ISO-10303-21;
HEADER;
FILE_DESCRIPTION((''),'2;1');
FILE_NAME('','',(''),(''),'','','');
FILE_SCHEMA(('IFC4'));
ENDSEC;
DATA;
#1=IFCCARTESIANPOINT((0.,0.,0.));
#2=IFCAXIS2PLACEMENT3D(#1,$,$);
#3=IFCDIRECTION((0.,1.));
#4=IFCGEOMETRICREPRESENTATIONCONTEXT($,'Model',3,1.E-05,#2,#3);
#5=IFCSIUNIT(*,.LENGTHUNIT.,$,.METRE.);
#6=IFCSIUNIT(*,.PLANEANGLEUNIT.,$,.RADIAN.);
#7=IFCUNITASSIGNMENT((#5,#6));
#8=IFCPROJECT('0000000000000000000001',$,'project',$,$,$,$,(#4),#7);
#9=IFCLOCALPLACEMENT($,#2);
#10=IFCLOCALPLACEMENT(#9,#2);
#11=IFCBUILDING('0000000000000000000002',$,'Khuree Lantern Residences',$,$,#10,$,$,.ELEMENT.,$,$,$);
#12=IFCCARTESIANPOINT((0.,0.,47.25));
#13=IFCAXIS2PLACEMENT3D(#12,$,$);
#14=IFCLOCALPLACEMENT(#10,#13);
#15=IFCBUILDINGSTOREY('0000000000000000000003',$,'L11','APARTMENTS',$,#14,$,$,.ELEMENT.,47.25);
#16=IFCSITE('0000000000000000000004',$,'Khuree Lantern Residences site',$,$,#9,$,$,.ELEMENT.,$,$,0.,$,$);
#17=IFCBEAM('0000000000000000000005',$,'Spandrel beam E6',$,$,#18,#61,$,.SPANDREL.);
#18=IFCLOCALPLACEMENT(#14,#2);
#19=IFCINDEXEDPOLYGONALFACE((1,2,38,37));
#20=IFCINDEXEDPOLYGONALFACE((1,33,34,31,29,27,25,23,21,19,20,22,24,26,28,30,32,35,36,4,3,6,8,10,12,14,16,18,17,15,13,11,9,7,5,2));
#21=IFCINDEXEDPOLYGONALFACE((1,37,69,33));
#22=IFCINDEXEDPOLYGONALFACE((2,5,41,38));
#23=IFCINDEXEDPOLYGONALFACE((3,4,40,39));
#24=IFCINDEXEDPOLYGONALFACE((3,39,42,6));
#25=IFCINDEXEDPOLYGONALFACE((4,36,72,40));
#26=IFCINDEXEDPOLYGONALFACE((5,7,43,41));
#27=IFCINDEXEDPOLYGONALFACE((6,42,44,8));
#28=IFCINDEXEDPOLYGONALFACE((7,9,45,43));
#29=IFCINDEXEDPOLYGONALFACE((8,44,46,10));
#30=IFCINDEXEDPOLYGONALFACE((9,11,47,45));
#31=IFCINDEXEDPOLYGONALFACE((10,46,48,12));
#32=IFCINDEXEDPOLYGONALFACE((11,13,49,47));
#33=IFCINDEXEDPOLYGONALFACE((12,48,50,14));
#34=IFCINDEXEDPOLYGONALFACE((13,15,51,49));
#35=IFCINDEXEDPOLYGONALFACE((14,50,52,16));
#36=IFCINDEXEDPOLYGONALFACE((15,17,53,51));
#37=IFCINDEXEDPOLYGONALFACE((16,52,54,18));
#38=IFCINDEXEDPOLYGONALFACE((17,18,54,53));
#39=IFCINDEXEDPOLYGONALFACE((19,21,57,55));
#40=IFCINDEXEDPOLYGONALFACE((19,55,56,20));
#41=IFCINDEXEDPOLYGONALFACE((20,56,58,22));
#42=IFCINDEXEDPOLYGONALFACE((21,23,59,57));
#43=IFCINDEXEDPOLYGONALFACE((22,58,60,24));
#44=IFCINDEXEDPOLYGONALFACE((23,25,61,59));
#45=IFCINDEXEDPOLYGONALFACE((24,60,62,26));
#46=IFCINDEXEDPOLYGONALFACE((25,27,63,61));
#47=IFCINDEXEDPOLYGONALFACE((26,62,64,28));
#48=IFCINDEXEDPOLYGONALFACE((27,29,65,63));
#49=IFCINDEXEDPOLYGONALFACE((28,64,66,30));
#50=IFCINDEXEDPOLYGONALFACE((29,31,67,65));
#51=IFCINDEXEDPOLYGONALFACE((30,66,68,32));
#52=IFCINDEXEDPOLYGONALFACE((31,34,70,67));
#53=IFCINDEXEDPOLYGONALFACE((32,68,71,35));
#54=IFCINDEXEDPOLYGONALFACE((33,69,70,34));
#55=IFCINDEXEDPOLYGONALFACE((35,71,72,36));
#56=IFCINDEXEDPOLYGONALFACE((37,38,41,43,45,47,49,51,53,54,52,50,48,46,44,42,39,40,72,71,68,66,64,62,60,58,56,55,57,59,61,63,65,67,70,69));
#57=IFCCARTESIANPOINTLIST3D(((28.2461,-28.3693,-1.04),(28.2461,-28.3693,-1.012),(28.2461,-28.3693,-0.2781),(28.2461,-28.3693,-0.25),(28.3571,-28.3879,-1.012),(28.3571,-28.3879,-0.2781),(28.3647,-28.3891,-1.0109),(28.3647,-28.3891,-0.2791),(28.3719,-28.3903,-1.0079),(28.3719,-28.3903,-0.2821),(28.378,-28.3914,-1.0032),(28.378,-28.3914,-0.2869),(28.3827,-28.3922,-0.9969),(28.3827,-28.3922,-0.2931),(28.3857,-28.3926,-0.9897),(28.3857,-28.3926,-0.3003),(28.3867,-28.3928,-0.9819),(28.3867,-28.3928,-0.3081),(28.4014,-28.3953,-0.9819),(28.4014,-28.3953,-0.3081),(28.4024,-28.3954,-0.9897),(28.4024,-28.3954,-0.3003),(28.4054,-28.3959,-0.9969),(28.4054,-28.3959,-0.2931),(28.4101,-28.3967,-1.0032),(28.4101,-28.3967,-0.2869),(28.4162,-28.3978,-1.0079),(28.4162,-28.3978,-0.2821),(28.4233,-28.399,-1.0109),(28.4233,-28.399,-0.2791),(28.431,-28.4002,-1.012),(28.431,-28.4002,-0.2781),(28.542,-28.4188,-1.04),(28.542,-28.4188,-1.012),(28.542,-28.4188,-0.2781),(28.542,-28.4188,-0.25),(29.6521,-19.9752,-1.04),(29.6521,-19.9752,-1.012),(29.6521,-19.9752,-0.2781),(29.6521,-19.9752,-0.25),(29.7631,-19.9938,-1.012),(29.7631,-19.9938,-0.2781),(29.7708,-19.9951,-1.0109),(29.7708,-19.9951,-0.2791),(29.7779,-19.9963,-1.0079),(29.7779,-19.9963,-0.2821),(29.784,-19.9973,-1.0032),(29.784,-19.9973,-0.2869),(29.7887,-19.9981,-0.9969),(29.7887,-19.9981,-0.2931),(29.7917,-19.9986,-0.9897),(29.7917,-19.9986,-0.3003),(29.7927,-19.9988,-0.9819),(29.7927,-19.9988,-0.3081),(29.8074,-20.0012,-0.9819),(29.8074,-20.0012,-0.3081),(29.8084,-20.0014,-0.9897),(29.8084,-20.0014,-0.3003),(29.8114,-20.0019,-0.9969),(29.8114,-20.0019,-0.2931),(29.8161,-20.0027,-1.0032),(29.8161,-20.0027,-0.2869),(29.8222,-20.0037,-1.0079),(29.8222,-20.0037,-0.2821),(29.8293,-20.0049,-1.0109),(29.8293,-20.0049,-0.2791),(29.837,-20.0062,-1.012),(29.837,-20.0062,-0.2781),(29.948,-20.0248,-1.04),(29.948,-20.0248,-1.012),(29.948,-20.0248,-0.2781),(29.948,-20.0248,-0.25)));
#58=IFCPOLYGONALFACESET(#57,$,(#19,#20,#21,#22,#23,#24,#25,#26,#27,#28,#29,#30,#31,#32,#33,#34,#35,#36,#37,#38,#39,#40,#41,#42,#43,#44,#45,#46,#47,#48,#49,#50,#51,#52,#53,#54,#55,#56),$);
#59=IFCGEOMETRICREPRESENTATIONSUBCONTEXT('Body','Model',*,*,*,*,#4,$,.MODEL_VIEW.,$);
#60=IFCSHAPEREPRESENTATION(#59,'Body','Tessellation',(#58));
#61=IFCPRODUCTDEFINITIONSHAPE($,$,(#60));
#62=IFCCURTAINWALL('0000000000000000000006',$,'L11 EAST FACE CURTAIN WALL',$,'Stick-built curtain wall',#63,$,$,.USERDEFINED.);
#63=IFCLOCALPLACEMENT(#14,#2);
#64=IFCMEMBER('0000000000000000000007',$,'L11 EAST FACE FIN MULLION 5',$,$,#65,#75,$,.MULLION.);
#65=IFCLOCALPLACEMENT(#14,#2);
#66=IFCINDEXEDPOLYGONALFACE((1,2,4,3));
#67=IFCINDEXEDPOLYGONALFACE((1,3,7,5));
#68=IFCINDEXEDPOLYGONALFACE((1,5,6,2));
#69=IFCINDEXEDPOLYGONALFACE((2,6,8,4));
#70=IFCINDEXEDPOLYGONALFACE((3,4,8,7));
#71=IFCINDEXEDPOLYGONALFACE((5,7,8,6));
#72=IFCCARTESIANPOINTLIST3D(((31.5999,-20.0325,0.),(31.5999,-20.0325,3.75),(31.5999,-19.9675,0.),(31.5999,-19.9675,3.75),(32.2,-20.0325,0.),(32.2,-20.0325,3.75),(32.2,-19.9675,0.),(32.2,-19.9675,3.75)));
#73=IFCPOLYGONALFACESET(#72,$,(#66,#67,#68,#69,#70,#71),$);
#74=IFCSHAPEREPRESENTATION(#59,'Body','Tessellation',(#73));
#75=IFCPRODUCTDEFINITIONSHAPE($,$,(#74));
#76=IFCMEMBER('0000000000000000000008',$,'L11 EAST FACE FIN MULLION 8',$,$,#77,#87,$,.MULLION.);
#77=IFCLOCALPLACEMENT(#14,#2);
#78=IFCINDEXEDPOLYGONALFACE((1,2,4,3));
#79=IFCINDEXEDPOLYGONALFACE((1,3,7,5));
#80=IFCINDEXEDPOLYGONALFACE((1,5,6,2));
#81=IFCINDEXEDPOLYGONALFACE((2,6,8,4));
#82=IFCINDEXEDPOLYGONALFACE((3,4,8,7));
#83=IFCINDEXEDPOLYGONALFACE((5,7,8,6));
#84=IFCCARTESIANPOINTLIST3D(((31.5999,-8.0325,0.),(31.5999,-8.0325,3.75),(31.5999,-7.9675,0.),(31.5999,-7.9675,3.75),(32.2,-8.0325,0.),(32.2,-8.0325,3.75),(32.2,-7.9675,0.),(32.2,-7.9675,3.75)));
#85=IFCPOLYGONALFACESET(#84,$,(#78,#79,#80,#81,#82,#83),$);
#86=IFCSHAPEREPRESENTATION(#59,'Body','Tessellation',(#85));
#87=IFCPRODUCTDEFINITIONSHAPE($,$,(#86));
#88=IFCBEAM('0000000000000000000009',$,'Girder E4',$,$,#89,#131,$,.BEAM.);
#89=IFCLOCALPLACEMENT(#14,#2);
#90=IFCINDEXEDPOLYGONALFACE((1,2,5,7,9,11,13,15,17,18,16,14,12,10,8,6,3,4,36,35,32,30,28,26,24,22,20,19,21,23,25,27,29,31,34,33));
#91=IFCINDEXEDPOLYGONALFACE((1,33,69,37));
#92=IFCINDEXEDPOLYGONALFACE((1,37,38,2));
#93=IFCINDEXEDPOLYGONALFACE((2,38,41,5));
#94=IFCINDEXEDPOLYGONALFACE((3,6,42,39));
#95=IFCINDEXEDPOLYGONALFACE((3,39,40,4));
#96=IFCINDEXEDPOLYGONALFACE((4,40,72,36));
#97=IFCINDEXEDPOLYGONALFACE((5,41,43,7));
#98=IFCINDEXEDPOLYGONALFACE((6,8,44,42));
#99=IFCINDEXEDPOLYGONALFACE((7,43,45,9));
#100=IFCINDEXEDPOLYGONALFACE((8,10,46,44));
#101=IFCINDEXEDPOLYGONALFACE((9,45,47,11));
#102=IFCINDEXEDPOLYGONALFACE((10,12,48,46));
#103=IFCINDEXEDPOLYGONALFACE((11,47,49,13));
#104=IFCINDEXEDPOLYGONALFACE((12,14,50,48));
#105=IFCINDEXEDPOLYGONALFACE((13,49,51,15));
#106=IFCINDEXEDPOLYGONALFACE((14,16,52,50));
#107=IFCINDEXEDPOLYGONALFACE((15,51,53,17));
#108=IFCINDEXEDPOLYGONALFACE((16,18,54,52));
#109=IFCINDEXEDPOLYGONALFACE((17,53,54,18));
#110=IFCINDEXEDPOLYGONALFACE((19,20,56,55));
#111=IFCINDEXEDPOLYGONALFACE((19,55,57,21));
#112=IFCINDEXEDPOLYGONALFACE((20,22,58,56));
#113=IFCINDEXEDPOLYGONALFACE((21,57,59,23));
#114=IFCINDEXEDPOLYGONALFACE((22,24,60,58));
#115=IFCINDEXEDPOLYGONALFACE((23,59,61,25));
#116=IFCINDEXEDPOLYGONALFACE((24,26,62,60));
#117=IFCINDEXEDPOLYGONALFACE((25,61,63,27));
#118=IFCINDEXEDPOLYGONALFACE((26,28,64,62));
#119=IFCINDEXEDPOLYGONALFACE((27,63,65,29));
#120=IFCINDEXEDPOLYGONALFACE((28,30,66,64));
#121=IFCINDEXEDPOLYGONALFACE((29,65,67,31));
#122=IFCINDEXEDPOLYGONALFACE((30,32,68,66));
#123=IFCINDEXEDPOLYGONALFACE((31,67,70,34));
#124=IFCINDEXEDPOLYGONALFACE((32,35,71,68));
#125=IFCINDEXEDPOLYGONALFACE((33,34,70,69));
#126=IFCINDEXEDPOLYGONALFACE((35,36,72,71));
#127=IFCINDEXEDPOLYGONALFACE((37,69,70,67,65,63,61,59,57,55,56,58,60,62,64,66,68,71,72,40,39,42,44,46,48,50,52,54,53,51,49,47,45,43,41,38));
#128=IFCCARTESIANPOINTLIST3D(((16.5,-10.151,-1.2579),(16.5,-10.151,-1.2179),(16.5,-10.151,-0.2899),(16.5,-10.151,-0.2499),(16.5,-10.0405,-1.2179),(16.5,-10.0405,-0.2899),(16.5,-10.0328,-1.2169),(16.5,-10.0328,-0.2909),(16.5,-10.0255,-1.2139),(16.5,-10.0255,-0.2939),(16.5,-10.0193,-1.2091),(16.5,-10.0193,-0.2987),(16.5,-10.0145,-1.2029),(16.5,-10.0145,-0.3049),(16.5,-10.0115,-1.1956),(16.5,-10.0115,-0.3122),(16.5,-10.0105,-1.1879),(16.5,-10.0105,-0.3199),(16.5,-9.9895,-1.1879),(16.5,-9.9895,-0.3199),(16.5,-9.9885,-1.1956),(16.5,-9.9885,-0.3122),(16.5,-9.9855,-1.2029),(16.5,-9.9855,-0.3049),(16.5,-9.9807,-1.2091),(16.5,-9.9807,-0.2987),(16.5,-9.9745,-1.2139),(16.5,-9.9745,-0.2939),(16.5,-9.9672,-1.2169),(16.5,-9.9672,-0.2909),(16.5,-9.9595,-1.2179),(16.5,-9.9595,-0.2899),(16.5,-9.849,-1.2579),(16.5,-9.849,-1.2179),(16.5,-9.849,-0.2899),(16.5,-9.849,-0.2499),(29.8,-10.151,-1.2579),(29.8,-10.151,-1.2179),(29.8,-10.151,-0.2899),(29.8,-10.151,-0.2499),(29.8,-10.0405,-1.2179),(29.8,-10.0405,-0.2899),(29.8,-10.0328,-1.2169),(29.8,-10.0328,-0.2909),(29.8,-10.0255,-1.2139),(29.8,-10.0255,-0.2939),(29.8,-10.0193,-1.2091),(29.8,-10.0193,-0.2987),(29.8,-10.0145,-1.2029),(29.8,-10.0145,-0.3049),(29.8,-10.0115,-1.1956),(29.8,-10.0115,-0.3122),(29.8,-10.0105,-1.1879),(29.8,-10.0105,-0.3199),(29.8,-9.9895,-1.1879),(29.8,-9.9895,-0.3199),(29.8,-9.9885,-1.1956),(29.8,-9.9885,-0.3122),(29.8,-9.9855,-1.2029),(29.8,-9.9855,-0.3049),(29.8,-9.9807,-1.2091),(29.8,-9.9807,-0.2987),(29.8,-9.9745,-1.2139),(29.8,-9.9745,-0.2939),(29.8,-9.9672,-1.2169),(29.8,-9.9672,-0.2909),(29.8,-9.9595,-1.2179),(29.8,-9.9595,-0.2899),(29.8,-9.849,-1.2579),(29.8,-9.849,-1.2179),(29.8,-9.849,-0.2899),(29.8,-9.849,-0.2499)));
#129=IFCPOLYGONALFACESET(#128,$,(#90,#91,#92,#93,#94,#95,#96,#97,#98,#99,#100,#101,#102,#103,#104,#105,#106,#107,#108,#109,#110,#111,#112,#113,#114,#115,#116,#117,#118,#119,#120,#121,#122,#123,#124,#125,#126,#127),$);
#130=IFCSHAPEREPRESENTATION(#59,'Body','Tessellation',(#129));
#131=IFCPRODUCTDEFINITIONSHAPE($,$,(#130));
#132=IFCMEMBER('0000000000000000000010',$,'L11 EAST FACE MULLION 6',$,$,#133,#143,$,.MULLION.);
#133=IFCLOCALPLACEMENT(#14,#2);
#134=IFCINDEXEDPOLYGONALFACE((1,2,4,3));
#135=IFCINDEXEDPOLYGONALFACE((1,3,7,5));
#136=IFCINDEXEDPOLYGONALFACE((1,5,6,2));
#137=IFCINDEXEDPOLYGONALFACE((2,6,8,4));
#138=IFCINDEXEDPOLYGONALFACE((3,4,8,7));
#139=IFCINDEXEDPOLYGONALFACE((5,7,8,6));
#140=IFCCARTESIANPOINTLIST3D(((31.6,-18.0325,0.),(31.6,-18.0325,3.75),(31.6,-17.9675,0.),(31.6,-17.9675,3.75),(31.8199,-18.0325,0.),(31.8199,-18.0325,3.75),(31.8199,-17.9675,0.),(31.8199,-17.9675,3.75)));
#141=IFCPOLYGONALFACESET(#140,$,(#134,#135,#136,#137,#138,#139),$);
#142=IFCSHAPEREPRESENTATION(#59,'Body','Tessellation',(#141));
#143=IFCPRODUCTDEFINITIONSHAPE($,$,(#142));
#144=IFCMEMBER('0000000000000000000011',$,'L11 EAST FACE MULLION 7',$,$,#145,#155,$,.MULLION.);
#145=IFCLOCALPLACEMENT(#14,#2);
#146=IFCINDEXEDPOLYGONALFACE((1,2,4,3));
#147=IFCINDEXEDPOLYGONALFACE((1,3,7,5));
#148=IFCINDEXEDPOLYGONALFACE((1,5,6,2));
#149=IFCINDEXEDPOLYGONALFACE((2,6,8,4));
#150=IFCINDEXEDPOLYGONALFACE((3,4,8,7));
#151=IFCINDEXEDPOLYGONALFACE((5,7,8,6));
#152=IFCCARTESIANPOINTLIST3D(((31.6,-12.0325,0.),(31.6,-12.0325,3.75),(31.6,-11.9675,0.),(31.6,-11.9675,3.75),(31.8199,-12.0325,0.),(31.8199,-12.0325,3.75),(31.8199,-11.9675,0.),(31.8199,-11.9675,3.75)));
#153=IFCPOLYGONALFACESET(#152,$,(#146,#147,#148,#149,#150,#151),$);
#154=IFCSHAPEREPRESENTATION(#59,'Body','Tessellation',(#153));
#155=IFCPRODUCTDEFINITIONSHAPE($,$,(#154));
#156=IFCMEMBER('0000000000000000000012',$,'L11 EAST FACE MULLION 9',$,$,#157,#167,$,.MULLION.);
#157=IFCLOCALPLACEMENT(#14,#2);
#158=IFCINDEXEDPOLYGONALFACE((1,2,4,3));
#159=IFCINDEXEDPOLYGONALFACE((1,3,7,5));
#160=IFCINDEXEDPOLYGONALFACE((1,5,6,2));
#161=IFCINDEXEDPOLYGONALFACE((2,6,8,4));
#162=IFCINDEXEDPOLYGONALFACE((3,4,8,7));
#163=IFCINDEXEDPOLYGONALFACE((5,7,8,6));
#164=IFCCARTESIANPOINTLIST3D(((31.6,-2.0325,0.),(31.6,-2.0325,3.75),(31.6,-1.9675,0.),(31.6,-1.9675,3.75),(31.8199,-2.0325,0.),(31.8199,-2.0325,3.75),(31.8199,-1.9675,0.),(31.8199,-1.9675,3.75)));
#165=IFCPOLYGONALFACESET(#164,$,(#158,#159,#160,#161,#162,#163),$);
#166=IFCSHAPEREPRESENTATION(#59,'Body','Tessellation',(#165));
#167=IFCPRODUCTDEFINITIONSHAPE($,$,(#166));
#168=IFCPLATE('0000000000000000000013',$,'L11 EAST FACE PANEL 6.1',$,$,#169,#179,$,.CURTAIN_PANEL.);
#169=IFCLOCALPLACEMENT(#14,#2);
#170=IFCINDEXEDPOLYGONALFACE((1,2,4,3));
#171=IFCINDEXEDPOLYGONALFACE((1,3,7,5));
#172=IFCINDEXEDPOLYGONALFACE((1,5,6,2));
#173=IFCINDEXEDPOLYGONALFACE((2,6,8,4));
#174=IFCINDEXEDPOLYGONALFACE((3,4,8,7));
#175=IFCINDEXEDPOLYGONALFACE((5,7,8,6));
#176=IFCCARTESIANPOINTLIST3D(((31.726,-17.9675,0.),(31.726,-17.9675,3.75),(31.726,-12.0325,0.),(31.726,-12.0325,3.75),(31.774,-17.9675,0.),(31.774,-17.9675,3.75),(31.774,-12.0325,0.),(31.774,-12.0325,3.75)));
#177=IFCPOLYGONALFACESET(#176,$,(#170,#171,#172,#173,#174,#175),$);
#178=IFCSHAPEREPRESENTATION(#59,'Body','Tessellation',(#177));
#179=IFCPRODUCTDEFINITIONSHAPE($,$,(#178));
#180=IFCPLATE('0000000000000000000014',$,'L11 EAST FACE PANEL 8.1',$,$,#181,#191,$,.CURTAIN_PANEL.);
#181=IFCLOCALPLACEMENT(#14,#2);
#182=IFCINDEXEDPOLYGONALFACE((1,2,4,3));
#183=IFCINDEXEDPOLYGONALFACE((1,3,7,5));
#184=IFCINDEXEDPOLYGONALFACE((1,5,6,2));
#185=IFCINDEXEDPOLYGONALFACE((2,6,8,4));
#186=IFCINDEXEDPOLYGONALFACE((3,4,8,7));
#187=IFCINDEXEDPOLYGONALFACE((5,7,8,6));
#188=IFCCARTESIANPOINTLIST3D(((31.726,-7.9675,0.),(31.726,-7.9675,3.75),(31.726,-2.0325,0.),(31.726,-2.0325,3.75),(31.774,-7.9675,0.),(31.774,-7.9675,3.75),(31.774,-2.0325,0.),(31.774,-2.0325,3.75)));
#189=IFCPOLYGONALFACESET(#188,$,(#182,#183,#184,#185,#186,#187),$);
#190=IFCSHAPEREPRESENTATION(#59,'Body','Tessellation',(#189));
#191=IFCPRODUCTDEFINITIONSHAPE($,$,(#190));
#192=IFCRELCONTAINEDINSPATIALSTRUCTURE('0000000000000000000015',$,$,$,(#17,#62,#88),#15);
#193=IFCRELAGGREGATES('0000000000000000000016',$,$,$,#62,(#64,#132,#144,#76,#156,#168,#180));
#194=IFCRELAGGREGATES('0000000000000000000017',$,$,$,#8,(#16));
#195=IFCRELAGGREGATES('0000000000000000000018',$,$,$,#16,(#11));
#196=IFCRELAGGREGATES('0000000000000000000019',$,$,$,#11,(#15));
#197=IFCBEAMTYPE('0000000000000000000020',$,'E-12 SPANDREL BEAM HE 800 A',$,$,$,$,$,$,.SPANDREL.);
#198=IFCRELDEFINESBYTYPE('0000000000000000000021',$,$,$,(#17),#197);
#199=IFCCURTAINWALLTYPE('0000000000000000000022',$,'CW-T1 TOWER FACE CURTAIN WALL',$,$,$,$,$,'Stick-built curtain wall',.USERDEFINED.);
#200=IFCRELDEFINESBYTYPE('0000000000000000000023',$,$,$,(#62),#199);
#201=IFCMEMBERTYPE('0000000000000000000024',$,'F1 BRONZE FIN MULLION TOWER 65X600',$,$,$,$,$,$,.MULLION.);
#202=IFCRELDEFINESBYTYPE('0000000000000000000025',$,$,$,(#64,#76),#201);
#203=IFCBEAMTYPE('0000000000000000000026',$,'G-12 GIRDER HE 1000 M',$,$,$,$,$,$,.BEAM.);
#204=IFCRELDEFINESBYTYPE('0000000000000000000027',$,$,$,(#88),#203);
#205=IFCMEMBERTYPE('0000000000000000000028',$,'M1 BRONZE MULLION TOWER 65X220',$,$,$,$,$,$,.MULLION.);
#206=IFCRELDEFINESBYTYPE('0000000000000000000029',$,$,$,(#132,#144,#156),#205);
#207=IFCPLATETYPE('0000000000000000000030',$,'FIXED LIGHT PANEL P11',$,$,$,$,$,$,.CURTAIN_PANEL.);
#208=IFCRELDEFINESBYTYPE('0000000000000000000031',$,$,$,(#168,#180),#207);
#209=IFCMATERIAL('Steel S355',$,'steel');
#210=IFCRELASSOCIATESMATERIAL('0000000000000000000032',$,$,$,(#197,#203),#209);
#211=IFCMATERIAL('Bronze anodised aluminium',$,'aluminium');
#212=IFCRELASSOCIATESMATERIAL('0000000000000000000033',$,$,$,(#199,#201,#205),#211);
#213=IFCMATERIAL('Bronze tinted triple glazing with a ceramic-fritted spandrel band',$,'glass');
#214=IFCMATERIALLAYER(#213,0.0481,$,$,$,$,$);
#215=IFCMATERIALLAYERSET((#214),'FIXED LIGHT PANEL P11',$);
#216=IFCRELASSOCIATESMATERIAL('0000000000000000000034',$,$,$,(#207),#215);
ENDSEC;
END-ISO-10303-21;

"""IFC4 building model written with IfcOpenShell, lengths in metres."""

from ifc_helpers import new_model, si_unit, direction, frame, origin, origin_2d, place, context, subcontext, project, spatial, rectangle, i_section, extrude, material, layer, layer_set, material_profile, profile_set, type_object, element, aggregate, save


model = new_model("IFC4")

# Units and contexts
model_context = context("Model", 3, precision=1e-05, world=origin(), true_north=direction((0.0, 1.0)))
body_context = subcontext(model_context, "Body", "Model", "MODEL_VIEW")
ifc_project = project(units=[si_unit("LENGTHUNIT", "METRE"), si_unit("PLANEANGLEUNIT", "RADIAN")], contexts=[model_context])

# Site, building, storey
site_placement = place(None, origin())
site = spatial("IfcSite", under=ifc_project, at=site_placement, Name="Khuree Lantern Residences site", CompositionType="ELEMENT", RefElevation=0.0)
building_placement = place(site_placement, origin())
building = spatial("IfcBuilding", under=site, at=building_placement, Name="Khuree Lantern Residences", CompositionType="ELEMENT")
storey_placement = place(building_placement, frame((0.0, 0.0, 47.25)))
storey = spatial("IfcBuildingStorey", under=building, at=storey_placement, Name="L11", Description="APARTMENTS", CompositionType="ELEMENT", Elevation=47.25)

# Beam
ifc_material_1 = material(Name="Steel S355", Category="steel")
ifc_material_profile_1 = material_profile(ifc_material_1, i_section(OverallWidth=0.3, OverallDepth=0.79, WebThickness=0.0149, FlangeThickness=0.0281, FilletRadius=0.03, at=origin_2d()), Name="HE 800 A")
ifc_profile_set_1 = profile_set([ifc_material_profile_1], Name="Steel S355")
beam_type_1 = type_object("IfcBeamType", Name="E-12 SPANDREL BEAM HE 800 A", PredefinedType="SPANDREL", material=ifc_profile_set_1)
beam_1_placement = place(storey_placement, frame((29.8, -20.0, -0.645), z_axis=(-0.165199, -0.98626, 0.0), x_axis=(0.98626, -0.165199, 0.0)))
element("IfcBeam", 1, at=beam_1_placement, inside=storey, type_object=beam_type_1, Name="Spandrel beam E6", PredefinedType="SPANDREL", context=body_context, shape_type="SweptSolid", body=[
    extrude(i_section(OverallWidth=0.3, OverallDepth=0.79, WebThickness=0.0149, FlangeThickness=0.0281, FilletRadius=0.03, at=origin_2d()), origin(), (0.0, 0.0, 1.0), 8.511),
])

# Curtain wall, members
ifc_material_2 = material(Name="Bronze anodised aluminium", Category="aluminium")
curtain_wall_type = type_object("IfcCurtainWallType", Name="CW-T1 TOWER FACE CURTAIN WALL", ElementType="Stick-built curtain wall", PredefinedType="USERDEFINED", material=ifc_material_2)
curtain_wall_placement = place(storey_placement, origin())
curtain_wall = element("IfcCurtainWall", 2, at=curtain_wall_placement, inside=storey, type_object=curtain_wall_type, Name="L11 EAST FACE CURTAIN WALL", ObjectType="Stick-built curtain wall", PredefinedType="USERDEFINED")
ifc_material_profile_2 = material_profile(ifc_material_2, rectangle(XDim=0.0649, YDim=0.6001, at=origin_2d()), Name="F1 65X600")
ifc_profile_set_2 = profile_set([ifc_material_profile_2], Name="Bronze anodised aluminium")
member_type_1 = type_object("IfcMemberType", Name="F1 BRONZE FIN MULLION TOWER 65X600", PredefinedType="MULLION", material=ifc_profile_set_2)
member_1_placement = place(storey_placement, frame((31.8999, -20.0, 0.0), z_axis=(0.0, 0.0, 1.0), x_axis=(0.0, 1.0, 0.0)))
member_1 = element("IfcMember", 3, at=member_1_placement, type_object=member_type_1, Name="L11 EAST FACE FIN MULLION 5", PredefinedType="MULLION", context=body_context, shape_type="SweptSolid", body=[
    extrude(rectangle(XDim=0.0649, YDim=0.6001, at=origin_2d()), origin(), (0.0, 0.0, 1.0), 3.75),
])
member_2_placement = place(storey_placement, frame((31.8999, -8.0, 0.0), z_axis=(0.0, 0.0, 1.0), x_axis=(0.0, 1.0, 0.0)))
member_2 = element("IfcMember", 4, at=member_2_placement, type_object=member_type_1, Name="L11 EAST FACE FIN MULLION 8", PredefinedType="MULLION", context=body_context, shape_type="SweptSolid", body=[
    extrude(rectangle(XDim=0.0649, YDim=0.6001, at=origin_2d()), origin(), (0.0, 0.0, 1.0), 3.75),
])

# Beam
ifc_material_profile_3 = material_profile(ifc_material_1, i_section(OverallWidth=0.302, OverallDepth=1.0081, WebThickness=0.021, FlangeThickness=0.04, FilletRadius=0.03, at=origin_2d()), Name="HE 1000 M")
ifc_profile_set_3 = profile_set([ifc_material_profile_3], Name="Steel S355")
beam_type_2 = type_object("IfcBeamType", Name="G-12 GIRDER HE 1000 M", PredefinedType="BEAM", material=ifc_profile_set_3)
beam_2_placement = place(storey_placement, frame((29.8, -10.0, -0.7539), z_axis=(-1.0, 0.0, 0.0), x_axis=(0.0, -1.0, 0.0)))
element("IfcBeam", 5, at=beam_2_placement, inside=storey, type_object=beam_type_2, Name="Girder E4", PredefinedType="BEAM", context=body_context, shape_type="SweptSolid", body=[
    extrude(i_section(OverallWidth=0.302, OverallDepth=1.0081, WebThickness=0.021, FlangeThickness=0.04, FilletRadius=0.03, at=origin_2d()), origin(), (0.0, 0.0, 1.0), 13.3),
])

# Members
ifc_material_profile_4 = material_profile(ifc_material_2, rectangle(XDim=0.0649, YDim=0.22, at=origin_2d()), Name="M1 65X220")
ifc_profile_set_4 = profile_set([ifc_material_profile_4], Name="Bronze anodised aluminium")
member_type_2 = type_object("IfcMemberType", Name="M1 BRONZE MULLION TOWER 65X220", PredefinedType="MULLION", material=ifc_profile_set_4)
member_3_placement = place(storey_placement, frame((31.71, -18.0, 0.0), z_axis=(0.0, 0.0, 1.0), x_axis=(0.0, 1.0, 0.0)))
member_3 = element("IfcMember", 6, at=member_3_placement, type_object=member_type_2, Name="L11 EAST FACE MULLION 6", PredefinedType="MULLION", context=body_context, shape_type="SweptSolid", body=[
    extrude(rectangle(XDim=0.0649, YDim=0.22, at=origin_2d()), origin(), (0.0, 0.0, 1.0), 3.75),
])
member_4_placement = place(storey_placement, frame((31.71, -12.0, 0.0), z_axis=(0.0, 0.0, 1.0), x_axis=(0.0, 1.0, 0.0)))
member_4 = element("IfcMember", 7, at=member_4_placement, type_object=member_type_2, Name="L11 EAST FACE MULLION 7", PredefinedType="MULLION", context=body_context, shape_type="SweptSolid", body=[
    extrude(rectangle(XDim=0.0649, YDim=0.22, at=origin_2d()), origin(), (0.0, 0.0, 1.0), 3.75),
])
member_5_placement = place(storey_placement, frame((31.71, -2.0, 0.0), z_axis=(0.0, 0.0, 1.0), x_axis=(0.0, 1.0, 0.0)))
member_5 = element("IfcMember", 8, at=member_5_placement, type_object=member_type_2, Name="L11 EAST FACE MULLION 9", PredefinedType="MULLION", context=body_context, shape_type="SweptSolid", body=[
    extrude(rectangle(XDim=0.0649, YDim=0.22, at=origin_2d()), origin(), (0.0, 0.0, 1.0), 3.75),
])

# Plates
ifc_material_3 = material(Name="Bronze tinted triple glazing with a ceramic-fritted spandrel band", Category="glass")
ifc_layer_1 = layer(ifc_material_3, 0.0481)
ifc_layer_set_1 = layer_set([ifc_layer_1], Name="FIXED LIGHT PANEL P11")
plate_type_1 = type_object("IfcPlateType", Name="FIXED LIGHT PANEL P11", PredefinedType="CURTAIN_PANEL", material=ifc_layer_set_1)
plate_1_placement = place(storey_placement, frame((31.75, -15.0, 0.0), z_axis=(0.0, 0.0, 1.0), x_axis=(0.0, 1.0, 0.0)))
plate_1 = element("IfcPlate", 9, at=plate_1_placement, type_object=plate_type_1, Name="L11 EAST FACE PANEL 6.1", PredefinedType="CURTAIN_PANEL", context=body_context, shape_type="SweptSolid", body=[
    extrude(rectangle(XDim=5.9351, YDim=0.0481, at=origin_2d()), origin(), (0.0, 0.0, 1.0), 3.75),
])
plate_2_placement = place(storey_placement, frame((31.75, -5.0, 0.0), z_axis=(0.0, 0.0, 1.0), x_axis=(0.0, 1.0, 0.0)))
plate_2 = element("IfcPlate", 10, at=plate_2_placement, type_object=plate_type_1, Name="L11 EAST FACE PANEL 8.1", PredefinedType="CURTAIN_PANEL", context=body_context, shape_type="SweptSolid", body=[
    extrude(rectangle(XDim=5.9351, YDim=0.0481, at=origin_2d()), origin(), (0.0, 0.0, 1.0), 3.75),
])
aggregate(curtain_wall, [member_1, member_3, member_4, member_2, member_5, plate_1, plate_2])

save(model, "model.ifc")
